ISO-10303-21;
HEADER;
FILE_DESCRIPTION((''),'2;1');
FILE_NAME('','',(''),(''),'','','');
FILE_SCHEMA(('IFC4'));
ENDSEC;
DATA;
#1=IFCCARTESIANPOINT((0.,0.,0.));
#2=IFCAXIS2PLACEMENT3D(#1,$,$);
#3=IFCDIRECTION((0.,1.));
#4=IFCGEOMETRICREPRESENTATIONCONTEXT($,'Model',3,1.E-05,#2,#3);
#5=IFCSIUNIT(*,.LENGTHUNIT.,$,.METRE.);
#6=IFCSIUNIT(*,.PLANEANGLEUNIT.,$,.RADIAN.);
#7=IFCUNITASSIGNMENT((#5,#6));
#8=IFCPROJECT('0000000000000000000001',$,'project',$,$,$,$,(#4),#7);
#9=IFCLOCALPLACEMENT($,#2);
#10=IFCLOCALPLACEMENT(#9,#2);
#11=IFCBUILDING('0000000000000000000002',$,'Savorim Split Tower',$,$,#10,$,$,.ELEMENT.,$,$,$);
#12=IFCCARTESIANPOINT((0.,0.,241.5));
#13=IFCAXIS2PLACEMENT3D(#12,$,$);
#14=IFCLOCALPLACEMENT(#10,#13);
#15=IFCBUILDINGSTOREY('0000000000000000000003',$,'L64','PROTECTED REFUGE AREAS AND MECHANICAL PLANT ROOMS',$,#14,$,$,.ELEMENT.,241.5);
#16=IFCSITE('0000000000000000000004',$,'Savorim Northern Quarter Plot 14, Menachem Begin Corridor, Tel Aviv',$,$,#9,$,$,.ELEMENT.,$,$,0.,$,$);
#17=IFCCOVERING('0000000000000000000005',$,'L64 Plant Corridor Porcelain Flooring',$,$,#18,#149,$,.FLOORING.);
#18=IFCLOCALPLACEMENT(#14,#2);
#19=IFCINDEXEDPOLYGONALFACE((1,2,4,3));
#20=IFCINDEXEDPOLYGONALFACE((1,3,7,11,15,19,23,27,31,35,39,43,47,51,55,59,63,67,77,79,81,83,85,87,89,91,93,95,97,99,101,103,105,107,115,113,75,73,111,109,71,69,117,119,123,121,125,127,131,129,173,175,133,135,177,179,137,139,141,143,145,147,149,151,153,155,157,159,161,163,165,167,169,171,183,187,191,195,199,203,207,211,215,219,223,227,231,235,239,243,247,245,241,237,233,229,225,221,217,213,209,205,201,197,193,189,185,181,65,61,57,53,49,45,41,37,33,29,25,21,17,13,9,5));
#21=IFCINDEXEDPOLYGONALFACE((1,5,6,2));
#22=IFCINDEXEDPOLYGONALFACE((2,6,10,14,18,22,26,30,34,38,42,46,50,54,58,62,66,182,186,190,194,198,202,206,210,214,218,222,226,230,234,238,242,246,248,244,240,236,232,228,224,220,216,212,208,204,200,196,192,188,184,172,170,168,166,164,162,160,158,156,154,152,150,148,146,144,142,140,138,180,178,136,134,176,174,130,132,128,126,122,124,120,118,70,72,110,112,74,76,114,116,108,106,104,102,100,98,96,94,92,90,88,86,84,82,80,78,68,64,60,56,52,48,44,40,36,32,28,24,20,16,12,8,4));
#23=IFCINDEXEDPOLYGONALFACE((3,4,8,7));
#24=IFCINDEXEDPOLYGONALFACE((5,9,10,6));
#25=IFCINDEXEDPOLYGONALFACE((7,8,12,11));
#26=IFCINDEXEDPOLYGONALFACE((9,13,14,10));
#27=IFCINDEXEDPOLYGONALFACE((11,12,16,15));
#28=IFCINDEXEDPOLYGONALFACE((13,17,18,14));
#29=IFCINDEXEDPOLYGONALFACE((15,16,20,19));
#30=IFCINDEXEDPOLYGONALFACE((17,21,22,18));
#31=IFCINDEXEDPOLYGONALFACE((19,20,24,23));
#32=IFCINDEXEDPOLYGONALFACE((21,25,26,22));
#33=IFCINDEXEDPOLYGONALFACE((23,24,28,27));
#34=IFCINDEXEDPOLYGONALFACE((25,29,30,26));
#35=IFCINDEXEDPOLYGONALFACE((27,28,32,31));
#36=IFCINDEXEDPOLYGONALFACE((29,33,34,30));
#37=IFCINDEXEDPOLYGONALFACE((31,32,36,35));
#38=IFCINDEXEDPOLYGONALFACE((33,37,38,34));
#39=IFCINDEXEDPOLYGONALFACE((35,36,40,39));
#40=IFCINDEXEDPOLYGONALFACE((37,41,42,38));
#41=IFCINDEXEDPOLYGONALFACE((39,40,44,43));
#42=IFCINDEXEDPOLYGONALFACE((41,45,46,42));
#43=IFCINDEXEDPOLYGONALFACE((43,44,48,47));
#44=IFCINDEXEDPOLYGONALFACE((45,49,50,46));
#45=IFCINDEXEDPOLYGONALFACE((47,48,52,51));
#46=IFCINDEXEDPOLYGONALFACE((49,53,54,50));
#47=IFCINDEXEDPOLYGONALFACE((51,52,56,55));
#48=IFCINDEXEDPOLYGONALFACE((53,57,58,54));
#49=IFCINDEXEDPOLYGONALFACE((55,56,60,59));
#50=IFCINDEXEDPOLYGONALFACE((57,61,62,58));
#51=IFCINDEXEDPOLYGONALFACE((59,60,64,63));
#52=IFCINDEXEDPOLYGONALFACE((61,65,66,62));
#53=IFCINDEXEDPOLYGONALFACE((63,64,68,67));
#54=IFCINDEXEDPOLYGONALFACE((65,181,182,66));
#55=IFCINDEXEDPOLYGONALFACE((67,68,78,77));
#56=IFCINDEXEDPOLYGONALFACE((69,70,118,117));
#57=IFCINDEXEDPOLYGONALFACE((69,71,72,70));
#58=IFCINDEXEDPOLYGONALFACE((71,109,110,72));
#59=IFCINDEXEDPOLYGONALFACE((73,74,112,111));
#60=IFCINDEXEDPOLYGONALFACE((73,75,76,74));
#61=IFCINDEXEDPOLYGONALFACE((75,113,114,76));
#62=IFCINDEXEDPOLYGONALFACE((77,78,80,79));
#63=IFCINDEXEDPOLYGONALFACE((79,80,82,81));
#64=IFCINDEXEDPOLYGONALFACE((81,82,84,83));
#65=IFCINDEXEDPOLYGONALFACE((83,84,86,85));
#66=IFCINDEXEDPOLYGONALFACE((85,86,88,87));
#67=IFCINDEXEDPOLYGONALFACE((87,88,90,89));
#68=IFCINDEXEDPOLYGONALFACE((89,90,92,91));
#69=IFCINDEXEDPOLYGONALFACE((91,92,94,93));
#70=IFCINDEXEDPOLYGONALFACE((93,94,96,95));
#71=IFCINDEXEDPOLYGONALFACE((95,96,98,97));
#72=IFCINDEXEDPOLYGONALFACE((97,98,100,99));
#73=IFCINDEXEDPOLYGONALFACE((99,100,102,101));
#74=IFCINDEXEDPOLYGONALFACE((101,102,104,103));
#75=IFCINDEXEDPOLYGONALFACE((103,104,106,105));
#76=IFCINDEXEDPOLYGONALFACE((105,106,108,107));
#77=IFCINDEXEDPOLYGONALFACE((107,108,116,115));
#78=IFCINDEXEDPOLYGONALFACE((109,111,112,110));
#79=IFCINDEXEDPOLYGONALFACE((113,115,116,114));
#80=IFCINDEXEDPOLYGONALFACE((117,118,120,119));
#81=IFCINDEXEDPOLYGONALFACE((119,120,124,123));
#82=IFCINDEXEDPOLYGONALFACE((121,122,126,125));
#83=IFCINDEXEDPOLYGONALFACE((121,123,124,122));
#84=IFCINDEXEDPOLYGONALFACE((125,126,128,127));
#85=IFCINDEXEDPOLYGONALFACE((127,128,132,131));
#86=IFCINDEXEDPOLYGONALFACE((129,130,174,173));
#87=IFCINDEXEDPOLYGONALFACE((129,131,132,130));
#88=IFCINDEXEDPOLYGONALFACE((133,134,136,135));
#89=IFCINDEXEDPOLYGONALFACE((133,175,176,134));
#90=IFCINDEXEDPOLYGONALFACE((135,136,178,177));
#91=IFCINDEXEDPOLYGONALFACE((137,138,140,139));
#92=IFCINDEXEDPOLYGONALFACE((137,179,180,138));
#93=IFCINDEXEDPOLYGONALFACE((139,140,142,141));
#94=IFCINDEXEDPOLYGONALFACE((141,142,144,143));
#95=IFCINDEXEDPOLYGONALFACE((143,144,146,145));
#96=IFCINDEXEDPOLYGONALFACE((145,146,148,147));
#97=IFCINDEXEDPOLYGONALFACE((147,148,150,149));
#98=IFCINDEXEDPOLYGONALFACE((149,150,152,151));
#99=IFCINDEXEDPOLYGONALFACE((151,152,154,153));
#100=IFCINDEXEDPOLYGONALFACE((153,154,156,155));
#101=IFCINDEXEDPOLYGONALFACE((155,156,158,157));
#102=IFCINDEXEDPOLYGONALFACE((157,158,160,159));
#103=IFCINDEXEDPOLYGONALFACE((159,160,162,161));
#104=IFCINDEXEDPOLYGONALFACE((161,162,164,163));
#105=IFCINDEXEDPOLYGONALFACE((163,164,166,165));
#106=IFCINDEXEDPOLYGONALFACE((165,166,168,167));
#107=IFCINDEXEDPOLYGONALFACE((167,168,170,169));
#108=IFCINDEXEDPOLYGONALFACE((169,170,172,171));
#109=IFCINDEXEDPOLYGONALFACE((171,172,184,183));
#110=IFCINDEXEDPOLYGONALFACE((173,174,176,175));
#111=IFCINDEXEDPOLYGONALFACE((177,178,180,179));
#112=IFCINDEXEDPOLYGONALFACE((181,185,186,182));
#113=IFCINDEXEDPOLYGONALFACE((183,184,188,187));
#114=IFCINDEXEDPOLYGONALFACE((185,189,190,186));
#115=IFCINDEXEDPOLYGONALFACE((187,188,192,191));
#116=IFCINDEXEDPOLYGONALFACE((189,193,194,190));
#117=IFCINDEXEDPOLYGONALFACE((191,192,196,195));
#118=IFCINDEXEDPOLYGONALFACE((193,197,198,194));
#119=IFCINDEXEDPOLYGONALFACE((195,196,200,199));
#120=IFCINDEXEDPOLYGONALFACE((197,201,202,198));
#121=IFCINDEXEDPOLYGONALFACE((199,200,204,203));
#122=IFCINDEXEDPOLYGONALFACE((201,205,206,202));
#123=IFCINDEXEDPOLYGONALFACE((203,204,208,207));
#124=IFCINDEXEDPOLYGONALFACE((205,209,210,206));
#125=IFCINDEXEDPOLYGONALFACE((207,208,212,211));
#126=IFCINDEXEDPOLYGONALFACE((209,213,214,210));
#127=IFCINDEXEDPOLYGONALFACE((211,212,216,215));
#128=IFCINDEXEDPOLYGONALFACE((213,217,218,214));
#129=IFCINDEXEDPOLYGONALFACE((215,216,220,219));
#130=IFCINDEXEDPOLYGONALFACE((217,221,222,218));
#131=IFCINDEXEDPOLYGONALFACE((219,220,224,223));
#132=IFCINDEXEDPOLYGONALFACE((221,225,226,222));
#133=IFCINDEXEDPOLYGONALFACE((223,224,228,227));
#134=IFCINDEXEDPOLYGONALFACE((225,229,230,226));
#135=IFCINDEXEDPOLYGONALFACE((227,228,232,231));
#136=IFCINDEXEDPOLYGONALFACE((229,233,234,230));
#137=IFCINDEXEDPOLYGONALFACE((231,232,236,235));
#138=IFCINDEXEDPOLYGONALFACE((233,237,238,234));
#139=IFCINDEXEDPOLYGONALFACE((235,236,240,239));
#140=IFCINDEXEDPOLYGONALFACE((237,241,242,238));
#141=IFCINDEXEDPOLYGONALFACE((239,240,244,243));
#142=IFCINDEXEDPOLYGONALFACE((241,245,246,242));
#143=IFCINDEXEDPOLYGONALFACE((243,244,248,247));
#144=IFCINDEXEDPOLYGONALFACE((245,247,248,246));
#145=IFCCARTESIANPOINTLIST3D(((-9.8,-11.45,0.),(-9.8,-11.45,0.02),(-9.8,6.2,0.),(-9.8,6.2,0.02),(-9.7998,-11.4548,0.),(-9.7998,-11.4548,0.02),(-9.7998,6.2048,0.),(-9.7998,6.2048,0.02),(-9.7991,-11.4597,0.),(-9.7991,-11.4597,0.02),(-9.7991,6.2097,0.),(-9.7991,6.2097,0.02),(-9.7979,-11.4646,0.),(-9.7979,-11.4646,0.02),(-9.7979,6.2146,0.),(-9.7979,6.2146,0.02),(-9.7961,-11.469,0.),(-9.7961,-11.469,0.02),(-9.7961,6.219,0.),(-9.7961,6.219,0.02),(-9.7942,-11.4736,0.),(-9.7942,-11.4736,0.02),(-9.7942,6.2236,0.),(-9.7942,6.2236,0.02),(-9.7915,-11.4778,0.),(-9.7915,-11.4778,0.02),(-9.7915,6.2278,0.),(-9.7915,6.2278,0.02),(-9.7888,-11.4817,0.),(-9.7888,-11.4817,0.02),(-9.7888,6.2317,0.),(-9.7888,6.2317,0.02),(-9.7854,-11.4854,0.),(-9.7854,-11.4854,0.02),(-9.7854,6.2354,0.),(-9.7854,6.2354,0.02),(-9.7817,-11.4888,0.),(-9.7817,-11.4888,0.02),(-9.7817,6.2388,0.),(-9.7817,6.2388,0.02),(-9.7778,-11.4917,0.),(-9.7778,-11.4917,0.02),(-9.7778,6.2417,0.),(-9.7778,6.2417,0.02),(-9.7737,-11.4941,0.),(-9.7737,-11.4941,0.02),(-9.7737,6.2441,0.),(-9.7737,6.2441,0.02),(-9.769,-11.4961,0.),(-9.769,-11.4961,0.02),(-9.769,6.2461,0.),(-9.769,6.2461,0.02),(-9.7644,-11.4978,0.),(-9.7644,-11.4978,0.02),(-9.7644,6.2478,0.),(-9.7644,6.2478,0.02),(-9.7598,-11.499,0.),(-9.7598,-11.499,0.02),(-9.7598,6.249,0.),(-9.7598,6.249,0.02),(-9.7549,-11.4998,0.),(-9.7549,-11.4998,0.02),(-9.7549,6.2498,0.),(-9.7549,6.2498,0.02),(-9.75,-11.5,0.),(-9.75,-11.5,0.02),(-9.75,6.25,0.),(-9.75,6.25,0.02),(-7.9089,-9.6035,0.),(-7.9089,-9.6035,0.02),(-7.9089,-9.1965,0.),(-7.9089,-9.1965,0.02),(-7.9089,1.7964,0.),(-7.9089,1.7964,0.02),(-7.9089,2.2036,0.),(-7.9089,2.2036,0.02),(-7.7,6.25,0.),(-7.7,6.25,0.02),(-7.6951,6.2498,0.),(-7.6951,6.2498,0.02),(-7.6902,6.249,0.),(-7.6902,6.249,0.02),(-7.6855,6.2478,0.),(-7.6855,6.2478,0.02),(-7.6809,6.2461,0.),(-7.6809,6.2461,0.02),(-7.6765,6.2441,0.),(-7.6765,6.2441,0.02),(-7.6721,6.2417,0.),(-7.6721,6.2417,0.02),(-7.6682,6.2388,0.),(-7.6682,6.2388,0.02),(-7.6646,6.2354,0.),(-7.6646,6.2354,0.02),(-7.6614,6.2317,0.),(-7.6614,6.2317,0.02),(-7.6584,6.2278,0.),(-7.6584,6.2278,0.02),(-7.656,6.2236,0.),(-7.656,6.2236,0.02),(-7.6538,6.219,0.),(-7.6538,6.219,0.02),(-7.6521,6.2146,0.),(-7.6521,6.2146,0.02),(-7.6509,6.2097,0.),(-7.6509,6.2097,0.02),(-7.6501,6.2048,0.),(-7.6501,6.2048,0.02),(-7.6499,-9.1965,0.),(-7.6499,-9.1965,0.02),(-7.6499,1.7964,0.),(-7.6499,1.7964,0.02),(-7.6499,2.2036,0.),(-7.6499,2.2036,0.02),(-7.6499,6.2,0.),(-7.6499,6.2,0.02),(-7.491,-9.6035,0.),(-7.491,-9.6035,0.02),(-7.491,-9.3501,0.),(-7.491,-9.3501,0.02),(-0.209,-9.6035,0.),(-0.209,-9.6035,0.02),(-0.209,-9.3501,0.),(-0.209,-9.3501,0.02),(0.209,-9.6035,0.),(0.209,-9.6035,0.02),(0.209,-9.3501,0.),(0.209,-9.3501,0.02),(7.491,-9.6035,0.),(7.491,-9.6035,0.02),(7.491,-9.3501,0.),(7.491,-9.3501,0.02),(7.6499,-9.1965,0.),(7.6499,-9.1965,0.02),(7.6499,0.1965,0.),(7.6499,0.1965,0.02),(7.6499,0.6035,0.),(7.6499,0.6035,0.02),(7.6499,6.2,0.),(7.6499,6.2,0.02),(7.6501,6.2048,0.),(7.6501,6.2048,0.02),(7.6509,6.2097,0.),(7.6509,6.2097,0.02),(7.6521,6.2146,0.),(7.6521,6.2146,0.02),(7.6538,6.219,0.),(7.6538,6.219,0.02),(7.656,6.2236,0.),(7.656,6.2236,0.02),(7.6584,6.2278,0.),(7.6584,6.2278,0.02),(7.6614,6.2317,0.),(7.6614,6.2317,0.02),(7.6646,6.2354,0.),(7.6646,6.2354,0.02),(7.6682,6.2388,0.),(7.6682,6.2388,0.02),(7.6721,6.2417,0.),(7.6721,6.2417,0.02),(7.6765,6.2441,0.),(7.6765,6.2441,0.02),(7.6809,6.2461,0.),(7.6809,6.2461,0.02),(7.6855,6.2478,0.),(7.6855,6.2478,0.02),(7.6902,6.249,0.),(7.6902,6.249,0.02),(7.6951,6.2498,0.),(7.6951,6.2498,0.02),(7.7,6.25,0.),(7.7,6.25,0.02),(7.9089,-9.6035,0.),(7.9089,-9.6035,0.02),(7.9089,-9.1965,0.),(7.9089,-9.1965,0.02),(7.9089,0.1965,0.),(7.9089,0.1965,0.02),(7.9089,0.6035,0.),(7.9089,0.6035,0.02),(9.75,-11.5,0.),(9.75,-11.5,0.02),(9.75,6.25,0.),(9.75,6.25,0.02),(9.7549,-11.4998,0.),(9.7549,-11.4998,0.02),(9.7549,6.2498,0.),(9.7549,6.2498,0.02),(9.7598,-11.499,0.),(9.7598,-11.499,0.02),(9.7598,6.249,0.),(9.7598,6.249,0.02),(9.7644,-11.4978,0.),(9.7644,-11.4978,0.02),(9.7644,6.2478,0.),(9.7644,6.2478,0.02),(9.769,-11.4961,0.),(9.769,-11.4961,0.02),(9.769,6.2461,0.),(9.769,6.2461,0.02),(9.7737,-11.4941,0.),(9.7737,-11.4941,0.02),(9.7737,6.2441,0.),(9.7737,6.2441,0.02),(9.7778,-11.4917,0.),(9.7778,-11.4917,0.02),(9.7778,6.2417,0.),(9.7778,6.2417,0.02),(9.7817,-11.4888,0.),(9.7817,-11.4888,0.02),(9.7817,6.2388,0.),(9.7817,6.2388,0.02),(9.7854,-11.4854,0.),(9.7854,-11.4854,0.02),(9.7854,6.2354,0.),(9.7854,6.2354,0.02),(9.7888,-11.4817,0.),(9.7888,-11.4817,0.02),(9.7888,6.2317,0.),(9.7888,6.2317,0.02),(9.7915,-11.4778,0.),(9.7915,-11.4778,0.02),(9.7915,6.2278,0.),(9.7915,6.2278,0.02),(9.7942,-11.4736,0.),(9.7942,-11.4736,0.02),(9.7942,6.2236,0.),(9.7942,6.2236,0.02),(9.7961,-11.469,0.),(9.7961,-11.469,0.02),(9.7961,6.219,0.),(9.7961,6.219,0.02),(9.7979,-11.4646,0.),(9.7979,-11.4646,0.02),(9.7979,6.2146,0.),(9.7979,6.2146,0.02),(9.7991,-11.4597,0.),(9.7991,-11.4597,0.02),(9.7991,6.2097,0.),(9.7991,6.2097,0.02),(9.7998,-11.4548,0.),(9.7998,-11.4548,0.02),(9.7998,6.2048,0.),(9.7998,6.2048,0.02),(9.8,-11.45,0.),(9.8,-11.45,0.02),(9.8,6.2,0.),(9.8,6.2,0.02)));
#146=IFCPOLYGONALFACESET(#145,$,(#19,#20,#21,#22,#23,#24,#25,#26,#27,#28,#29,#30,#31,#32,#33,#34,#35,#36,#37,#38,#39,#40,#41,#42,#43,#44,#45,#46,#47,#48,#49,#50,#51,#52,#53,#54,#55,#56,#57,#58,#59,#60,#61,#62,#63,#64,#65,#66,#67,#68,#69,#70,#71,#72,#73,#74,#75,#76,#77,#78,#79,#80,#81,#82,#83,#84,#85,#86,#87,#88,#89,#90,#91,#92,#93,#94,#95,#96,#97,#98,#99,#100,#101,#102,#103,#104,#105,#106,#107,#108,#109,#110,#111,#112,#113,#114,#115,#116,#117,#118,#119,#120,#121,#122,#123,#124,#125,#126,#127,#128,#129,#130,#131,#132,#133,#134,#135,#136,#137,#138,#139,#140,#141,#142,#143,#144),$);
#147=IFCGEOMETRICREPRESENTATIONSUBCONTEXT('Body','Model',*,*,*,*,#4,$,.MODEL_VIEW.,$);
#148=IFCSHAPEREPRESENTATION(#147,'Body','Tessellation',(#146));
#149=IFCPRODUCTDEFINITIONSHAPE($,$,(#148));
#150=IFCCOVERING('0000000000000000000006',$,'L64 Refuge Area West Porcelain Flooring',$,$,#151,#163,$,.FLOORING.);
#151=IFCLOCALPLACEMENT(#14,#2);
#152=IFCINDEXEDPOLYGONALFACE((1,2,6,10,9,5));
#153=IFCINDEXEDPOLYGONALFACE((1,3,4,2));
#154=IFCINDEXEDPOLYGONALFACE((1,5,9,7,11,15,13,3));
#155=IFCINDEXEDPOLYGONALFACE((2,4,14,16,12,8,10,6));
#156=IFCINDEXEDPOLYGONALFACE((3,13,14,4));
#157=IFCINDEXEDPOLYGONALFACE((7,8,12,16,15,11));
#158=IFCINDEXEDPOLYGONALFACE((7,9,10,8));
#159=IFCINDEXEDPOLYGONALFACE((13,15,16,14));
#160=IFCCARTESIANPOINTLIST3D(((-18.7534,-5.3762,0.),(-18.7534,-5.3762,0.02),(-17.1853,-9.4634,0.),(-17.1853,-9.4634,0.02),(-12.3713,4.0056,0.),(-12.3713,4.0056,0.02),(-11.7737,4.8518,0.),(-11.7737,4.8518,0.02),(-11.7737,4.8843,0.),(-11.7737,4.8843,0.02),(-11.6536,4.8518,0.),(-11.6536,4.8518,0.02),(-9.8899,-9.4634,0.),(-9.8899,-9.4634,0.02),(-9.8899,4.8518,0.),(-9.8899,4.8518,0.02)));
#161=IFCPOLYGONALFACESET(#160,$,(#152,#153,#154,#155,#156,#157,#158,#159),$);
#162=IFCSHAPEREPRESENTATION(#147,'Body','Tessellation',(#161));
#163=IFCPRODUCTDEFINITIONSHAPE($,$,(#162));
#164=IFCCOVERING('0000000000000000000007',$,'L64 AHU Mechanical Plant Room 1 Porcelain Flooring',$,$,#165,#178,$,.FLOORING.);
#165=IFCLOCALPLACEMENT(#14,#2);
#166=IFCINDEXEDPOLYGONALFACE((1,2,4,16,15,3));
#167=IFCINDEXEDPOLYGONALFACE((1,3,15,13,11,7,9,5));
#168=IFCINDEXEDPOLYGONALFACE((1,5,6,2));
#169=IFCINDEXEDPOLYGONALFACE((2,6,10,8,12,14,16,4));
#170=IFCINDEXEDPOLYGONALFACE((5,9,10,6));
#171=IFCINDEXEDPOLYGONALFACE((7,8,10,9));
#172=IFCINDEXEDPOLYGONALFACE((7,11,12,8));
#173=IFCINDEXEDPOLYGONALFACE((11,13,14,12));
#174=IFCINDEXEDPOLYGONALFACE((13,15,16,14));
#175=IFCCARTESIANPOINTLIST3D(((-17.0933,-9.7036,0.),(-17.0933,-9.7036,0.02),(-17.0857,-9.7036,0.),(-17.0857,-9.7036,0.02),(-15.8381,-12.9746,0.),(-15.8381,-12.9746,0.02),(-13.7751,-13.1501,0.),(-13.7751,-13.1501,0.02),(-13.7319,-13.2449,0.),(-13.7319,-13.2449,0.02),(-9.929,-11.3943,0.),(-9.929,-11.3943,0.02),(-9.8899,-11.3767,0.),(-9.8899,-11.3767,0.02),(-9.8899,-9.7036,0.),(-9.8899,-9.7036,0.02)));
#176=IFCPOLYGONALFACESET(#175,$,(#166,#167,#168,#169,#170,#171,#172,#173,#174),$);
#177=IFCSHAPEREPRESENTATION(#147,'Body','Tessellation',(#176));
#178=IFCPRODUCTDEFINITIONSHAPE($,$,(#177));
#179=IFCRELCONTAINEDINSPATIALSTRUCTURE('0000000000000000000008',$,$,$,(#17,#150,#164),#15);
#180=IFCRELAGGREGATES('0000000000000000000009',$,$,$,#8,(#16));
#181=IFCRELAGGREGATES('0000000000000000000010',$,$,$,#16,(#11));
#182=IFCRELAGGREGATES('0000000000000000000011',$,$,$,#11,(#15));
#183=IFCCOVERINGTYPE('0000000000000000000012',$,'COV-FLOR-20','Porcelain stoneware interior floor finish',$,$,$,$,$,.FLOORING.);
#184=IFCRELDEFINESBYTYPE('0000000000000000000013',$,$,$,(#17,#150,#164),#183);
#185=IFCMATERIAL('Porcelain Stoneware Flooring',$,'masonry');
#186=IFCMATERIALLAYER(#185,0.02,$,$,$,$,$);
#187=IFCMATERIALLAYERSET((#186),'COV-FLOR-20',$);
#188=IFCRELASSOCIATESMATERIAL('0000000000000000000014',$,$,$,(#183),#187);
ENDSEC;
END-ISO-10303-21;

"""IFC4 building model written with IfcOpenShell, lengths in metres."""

from ifc_helpers import new_model, si_unit, direction, frame, origin, place, context, subcontext, project, spatial, polyline, outline, extrude, material, layer, layer_set, type_object, element, save


model = new_model("IFC4")

# Units and contexts
model_context = context("Model", 3, precision=1e-05, world=origin(), true_north=direction((0.0, 1.0)))
body_context = subcontext(model_context, "Body", "Model", "MODEL_VIEW")
ifc_project = project(units=[si_unit("LENGTHUNIT", "METRE"), si_unit("PLANEANGLEUNIT", "RADIAN")], contexts=[model_context])

# Site, building, storey
site_placement = place(None, origin())
site = spatial("IfcSite", under=ifc_project, at=site_placement, Name="Savorim Northern Quarter Plot 14, Menachem Begin Corridor, Tel Aviv", CompositionType="ELEMENT", RefElevation=0.0)
building_placement = place(site_placement, origin())
building = spatial("IfcBuilding", under=site, at=building_placement, Name="Savorim Split Tower", CompositionType="ELEMENT")
storey_placement = place(building_placement, frame((0.0, 0.0, 241.5)))
storey = spatial("IfcBuildingStorey", under=building, at=storey_placement, Name="L64", Description="PROTECTED REFUGE AREAS AND MECHANICAL PLANT ROOMS", CompositionType="ELEMENT", Elevation=241.5)

# Coverings
ifc_material_1 = material(Name="Porcelain Stoneware Flooring", Category="masonry")
ifc_layer_1 = layer(ifc_material_1, 0.02)
ifc_layer_set_1 = layer_set([ifc_layer_1], Name="COV-FLOR-20")
covering_type_1 = type_object("IfcCoveringType", Name="COV-FLOR-20", Description="Porcelain stoneware interior floor finish", PredefinedType="FLOORING", material=ifc_layer_set_1)
covering_1_placement = place(storey_placement, origin())
element("IfcCovering", 1, at=covering_1_placement, inside=storey, type_object=covering_type_1, Name="L64 Plant Corridor Porcelain Flooring", PredefinedType="FLOORING", context=body_context, shape_type="SweptSolid", body=[
    extrude(outline(polyline([(7.9089, 0.1965), (7.6499, 0.1965), (7.6499, -9.1965), (7.9089, -9.1965), (7.9089, -9.6035), (7.491, -9.6035), (7.491, -9.3501), (0.209, -9.3501), (0.209, -9.6035), (-0.209, -9.6035), (-0.209, -9.3501), (-7.491, -9.3501), (-7.491, -9.6035), (-7.9089, -9.6035), (-7.9089, -9.1965), (-7.6499, -9.1965), (-7.6499, 1.7964), (-7.9089, 1.7964), (-7.9089, 2.2036), (-7.6499, 2.2036), (-7.6499, 6.2), (-7.6501, 6.2048), (-7.6509, 6.2097), (-7.6521, 6.2146), (-7.6538, 6.219), (-7.656, 6.2236), (-7.6584, 6.2278), (-7.6614, 6.2317), (-7.6646, 6.2354), (-7.6682, 6.2388), (-7.6721, 6.2417), (-7.6765, 6.2441), (-7.6809, 6.2461), (-7.6855, 6.2478), (-7.6902, 6.249), (-7.6951, 6.2498), (-7.7, 6.25), (-9.75, 6.25), (-9.7549, 6.2498), (-9.7598, 6.249), (-9.7644, 6.2478), (-9.769, 6.2461), (-9.7737, 6.2441), (-9.7778, 6.2417), (-9.7817, 6.2388), (-9.7854, 6.2354), (-9.7888, 6.2317), (-9.7915, 6.2278), (-9.7942, 6.2236), (-9.7961, 6.219), (-9.7979, 6.2146), (-9.7991, 6.2097), (-9.7998, 6.2048), (-9.8, 6.2), (-9.8, -11.45), (-9.7998, -11.4548), (-9.7991, -11.4597), (-9.7979, -11.4646), (-9.7961, -11.469), (-9.7942, -11.4736), (-9.7915, -11.4778), (-9.7888, -11.4817), (-9.7854, -11.4854), (-9.7817, -11.4888), (-9.7778, -11.4917), (-9.7737, -11.4941), (-9.769, -11.4961), (-9.7644, -11.4978), (-9.7598, -11.499), (-9.7549, -11.4998), (-9.75, -11.5), (9.75, -11.5), (9.7549, -11.4998), (9.7598, -11.499), (9.7644, -11.4978), (9.769, -11.4961), (9.7737, -11.4941), (9.7778, -11.4917), (9.7817, -11.4888), (9.7854, -11.4854), (9.7888, -11.4817), (9.7915, -11.4778), (9.7942, -11.4736), (9.7961, -11.469), (9.7979, -11.4646), (9.7991, -11.4597), (9.7998, -11.4548), (9.8, -11.45), (9.8, 6.2), (9.7998, 6.2048), (9.7991, 6.2097), (9.7979, 6.2146), (9.7961, 6.219), (9.7942, 6.2236), (9.7915, 6.2278), (9.7888, 6.2317), (9.7854, 6.2354), (9.7817, 6.2388), (9.7778, 6.2417), (9.7737, 6.2441), (9.769, 6.2461), (9.7644, 6.2478), (9.7598, 6.249), (9.7549, 6.2498), (9.75, 6.25), (7.7, 6.25), (7.6951, 6.2498), (7.6902, 6.249), (7.6855, 6.2478), (7.6809, 6.2461), (7.6765, 6.2441), (7.6721, 6.2417), (7.6682, 6.2388), (7.6646, 6.2354), (7.6614, 6.2317), (7.6584, 6.2278), (7.656, 6.2236), (7.6538, 6.219), (7.6521, 6.2146), (7.6509, 6.2097), (7.6501, 6.2048), (7.6499, 6.2), (7.6499, 0.6035), (7.9089, 0.6035), (7.9089, 0.1965)])), origin(), (0.0, 0.0, 1.0), 0.02),
])
covering_2_placement = place(storey_placement, origin())
element("IfcCovering", 2, at=covering_2_placement, inside=storey, type_object=covering_type_1, Name="L64 Refuge Area West Porcelain Flooring", PredefinedType="FLOORING", context=body_context, shape_type="SweptSolid", body=[
    extrude(outline(polyline([(-11.6536, 4.8518), (-11.7737, 4.8518), (-11.7737, 4.8843), (-12.3713, 4.0056), (-18.7534, -5.3762), (-17.1853, -9.4634), (-9.8899, -9.4634), (-9.8899, 4.8518), (-11.6536, 4.8518)])), origin(), (0.0, 0.0, 1.0), 0.02),
])
covering_3_placement = place(storey_placement, origin())
element("IfcCovering", 3, at=covering_3_placement, inside=storey, type_object=covering_type_1, Name="L64 AHU Mechanical Plant Room 1 Porcelain Flooring", PredefinedType="FLOORING", context=body_context, shape_type="SweptSolid", body=[
    extrude(outline(polyline([(-17.0857, -9.7036), (-17.0933, -9.7036), (-15.8381, -12.9746), (-13.7319, -13.2449), (-13.7751, -13.1501), (-9.929, -11.3943), (-9.8899, -11.3767), (-9.8899, -9.7036), (-17.0857, -9.7036)])), origin(), (0.0, 0.0, 1.0), 0.02),
])

save(model, "model.ifc")
